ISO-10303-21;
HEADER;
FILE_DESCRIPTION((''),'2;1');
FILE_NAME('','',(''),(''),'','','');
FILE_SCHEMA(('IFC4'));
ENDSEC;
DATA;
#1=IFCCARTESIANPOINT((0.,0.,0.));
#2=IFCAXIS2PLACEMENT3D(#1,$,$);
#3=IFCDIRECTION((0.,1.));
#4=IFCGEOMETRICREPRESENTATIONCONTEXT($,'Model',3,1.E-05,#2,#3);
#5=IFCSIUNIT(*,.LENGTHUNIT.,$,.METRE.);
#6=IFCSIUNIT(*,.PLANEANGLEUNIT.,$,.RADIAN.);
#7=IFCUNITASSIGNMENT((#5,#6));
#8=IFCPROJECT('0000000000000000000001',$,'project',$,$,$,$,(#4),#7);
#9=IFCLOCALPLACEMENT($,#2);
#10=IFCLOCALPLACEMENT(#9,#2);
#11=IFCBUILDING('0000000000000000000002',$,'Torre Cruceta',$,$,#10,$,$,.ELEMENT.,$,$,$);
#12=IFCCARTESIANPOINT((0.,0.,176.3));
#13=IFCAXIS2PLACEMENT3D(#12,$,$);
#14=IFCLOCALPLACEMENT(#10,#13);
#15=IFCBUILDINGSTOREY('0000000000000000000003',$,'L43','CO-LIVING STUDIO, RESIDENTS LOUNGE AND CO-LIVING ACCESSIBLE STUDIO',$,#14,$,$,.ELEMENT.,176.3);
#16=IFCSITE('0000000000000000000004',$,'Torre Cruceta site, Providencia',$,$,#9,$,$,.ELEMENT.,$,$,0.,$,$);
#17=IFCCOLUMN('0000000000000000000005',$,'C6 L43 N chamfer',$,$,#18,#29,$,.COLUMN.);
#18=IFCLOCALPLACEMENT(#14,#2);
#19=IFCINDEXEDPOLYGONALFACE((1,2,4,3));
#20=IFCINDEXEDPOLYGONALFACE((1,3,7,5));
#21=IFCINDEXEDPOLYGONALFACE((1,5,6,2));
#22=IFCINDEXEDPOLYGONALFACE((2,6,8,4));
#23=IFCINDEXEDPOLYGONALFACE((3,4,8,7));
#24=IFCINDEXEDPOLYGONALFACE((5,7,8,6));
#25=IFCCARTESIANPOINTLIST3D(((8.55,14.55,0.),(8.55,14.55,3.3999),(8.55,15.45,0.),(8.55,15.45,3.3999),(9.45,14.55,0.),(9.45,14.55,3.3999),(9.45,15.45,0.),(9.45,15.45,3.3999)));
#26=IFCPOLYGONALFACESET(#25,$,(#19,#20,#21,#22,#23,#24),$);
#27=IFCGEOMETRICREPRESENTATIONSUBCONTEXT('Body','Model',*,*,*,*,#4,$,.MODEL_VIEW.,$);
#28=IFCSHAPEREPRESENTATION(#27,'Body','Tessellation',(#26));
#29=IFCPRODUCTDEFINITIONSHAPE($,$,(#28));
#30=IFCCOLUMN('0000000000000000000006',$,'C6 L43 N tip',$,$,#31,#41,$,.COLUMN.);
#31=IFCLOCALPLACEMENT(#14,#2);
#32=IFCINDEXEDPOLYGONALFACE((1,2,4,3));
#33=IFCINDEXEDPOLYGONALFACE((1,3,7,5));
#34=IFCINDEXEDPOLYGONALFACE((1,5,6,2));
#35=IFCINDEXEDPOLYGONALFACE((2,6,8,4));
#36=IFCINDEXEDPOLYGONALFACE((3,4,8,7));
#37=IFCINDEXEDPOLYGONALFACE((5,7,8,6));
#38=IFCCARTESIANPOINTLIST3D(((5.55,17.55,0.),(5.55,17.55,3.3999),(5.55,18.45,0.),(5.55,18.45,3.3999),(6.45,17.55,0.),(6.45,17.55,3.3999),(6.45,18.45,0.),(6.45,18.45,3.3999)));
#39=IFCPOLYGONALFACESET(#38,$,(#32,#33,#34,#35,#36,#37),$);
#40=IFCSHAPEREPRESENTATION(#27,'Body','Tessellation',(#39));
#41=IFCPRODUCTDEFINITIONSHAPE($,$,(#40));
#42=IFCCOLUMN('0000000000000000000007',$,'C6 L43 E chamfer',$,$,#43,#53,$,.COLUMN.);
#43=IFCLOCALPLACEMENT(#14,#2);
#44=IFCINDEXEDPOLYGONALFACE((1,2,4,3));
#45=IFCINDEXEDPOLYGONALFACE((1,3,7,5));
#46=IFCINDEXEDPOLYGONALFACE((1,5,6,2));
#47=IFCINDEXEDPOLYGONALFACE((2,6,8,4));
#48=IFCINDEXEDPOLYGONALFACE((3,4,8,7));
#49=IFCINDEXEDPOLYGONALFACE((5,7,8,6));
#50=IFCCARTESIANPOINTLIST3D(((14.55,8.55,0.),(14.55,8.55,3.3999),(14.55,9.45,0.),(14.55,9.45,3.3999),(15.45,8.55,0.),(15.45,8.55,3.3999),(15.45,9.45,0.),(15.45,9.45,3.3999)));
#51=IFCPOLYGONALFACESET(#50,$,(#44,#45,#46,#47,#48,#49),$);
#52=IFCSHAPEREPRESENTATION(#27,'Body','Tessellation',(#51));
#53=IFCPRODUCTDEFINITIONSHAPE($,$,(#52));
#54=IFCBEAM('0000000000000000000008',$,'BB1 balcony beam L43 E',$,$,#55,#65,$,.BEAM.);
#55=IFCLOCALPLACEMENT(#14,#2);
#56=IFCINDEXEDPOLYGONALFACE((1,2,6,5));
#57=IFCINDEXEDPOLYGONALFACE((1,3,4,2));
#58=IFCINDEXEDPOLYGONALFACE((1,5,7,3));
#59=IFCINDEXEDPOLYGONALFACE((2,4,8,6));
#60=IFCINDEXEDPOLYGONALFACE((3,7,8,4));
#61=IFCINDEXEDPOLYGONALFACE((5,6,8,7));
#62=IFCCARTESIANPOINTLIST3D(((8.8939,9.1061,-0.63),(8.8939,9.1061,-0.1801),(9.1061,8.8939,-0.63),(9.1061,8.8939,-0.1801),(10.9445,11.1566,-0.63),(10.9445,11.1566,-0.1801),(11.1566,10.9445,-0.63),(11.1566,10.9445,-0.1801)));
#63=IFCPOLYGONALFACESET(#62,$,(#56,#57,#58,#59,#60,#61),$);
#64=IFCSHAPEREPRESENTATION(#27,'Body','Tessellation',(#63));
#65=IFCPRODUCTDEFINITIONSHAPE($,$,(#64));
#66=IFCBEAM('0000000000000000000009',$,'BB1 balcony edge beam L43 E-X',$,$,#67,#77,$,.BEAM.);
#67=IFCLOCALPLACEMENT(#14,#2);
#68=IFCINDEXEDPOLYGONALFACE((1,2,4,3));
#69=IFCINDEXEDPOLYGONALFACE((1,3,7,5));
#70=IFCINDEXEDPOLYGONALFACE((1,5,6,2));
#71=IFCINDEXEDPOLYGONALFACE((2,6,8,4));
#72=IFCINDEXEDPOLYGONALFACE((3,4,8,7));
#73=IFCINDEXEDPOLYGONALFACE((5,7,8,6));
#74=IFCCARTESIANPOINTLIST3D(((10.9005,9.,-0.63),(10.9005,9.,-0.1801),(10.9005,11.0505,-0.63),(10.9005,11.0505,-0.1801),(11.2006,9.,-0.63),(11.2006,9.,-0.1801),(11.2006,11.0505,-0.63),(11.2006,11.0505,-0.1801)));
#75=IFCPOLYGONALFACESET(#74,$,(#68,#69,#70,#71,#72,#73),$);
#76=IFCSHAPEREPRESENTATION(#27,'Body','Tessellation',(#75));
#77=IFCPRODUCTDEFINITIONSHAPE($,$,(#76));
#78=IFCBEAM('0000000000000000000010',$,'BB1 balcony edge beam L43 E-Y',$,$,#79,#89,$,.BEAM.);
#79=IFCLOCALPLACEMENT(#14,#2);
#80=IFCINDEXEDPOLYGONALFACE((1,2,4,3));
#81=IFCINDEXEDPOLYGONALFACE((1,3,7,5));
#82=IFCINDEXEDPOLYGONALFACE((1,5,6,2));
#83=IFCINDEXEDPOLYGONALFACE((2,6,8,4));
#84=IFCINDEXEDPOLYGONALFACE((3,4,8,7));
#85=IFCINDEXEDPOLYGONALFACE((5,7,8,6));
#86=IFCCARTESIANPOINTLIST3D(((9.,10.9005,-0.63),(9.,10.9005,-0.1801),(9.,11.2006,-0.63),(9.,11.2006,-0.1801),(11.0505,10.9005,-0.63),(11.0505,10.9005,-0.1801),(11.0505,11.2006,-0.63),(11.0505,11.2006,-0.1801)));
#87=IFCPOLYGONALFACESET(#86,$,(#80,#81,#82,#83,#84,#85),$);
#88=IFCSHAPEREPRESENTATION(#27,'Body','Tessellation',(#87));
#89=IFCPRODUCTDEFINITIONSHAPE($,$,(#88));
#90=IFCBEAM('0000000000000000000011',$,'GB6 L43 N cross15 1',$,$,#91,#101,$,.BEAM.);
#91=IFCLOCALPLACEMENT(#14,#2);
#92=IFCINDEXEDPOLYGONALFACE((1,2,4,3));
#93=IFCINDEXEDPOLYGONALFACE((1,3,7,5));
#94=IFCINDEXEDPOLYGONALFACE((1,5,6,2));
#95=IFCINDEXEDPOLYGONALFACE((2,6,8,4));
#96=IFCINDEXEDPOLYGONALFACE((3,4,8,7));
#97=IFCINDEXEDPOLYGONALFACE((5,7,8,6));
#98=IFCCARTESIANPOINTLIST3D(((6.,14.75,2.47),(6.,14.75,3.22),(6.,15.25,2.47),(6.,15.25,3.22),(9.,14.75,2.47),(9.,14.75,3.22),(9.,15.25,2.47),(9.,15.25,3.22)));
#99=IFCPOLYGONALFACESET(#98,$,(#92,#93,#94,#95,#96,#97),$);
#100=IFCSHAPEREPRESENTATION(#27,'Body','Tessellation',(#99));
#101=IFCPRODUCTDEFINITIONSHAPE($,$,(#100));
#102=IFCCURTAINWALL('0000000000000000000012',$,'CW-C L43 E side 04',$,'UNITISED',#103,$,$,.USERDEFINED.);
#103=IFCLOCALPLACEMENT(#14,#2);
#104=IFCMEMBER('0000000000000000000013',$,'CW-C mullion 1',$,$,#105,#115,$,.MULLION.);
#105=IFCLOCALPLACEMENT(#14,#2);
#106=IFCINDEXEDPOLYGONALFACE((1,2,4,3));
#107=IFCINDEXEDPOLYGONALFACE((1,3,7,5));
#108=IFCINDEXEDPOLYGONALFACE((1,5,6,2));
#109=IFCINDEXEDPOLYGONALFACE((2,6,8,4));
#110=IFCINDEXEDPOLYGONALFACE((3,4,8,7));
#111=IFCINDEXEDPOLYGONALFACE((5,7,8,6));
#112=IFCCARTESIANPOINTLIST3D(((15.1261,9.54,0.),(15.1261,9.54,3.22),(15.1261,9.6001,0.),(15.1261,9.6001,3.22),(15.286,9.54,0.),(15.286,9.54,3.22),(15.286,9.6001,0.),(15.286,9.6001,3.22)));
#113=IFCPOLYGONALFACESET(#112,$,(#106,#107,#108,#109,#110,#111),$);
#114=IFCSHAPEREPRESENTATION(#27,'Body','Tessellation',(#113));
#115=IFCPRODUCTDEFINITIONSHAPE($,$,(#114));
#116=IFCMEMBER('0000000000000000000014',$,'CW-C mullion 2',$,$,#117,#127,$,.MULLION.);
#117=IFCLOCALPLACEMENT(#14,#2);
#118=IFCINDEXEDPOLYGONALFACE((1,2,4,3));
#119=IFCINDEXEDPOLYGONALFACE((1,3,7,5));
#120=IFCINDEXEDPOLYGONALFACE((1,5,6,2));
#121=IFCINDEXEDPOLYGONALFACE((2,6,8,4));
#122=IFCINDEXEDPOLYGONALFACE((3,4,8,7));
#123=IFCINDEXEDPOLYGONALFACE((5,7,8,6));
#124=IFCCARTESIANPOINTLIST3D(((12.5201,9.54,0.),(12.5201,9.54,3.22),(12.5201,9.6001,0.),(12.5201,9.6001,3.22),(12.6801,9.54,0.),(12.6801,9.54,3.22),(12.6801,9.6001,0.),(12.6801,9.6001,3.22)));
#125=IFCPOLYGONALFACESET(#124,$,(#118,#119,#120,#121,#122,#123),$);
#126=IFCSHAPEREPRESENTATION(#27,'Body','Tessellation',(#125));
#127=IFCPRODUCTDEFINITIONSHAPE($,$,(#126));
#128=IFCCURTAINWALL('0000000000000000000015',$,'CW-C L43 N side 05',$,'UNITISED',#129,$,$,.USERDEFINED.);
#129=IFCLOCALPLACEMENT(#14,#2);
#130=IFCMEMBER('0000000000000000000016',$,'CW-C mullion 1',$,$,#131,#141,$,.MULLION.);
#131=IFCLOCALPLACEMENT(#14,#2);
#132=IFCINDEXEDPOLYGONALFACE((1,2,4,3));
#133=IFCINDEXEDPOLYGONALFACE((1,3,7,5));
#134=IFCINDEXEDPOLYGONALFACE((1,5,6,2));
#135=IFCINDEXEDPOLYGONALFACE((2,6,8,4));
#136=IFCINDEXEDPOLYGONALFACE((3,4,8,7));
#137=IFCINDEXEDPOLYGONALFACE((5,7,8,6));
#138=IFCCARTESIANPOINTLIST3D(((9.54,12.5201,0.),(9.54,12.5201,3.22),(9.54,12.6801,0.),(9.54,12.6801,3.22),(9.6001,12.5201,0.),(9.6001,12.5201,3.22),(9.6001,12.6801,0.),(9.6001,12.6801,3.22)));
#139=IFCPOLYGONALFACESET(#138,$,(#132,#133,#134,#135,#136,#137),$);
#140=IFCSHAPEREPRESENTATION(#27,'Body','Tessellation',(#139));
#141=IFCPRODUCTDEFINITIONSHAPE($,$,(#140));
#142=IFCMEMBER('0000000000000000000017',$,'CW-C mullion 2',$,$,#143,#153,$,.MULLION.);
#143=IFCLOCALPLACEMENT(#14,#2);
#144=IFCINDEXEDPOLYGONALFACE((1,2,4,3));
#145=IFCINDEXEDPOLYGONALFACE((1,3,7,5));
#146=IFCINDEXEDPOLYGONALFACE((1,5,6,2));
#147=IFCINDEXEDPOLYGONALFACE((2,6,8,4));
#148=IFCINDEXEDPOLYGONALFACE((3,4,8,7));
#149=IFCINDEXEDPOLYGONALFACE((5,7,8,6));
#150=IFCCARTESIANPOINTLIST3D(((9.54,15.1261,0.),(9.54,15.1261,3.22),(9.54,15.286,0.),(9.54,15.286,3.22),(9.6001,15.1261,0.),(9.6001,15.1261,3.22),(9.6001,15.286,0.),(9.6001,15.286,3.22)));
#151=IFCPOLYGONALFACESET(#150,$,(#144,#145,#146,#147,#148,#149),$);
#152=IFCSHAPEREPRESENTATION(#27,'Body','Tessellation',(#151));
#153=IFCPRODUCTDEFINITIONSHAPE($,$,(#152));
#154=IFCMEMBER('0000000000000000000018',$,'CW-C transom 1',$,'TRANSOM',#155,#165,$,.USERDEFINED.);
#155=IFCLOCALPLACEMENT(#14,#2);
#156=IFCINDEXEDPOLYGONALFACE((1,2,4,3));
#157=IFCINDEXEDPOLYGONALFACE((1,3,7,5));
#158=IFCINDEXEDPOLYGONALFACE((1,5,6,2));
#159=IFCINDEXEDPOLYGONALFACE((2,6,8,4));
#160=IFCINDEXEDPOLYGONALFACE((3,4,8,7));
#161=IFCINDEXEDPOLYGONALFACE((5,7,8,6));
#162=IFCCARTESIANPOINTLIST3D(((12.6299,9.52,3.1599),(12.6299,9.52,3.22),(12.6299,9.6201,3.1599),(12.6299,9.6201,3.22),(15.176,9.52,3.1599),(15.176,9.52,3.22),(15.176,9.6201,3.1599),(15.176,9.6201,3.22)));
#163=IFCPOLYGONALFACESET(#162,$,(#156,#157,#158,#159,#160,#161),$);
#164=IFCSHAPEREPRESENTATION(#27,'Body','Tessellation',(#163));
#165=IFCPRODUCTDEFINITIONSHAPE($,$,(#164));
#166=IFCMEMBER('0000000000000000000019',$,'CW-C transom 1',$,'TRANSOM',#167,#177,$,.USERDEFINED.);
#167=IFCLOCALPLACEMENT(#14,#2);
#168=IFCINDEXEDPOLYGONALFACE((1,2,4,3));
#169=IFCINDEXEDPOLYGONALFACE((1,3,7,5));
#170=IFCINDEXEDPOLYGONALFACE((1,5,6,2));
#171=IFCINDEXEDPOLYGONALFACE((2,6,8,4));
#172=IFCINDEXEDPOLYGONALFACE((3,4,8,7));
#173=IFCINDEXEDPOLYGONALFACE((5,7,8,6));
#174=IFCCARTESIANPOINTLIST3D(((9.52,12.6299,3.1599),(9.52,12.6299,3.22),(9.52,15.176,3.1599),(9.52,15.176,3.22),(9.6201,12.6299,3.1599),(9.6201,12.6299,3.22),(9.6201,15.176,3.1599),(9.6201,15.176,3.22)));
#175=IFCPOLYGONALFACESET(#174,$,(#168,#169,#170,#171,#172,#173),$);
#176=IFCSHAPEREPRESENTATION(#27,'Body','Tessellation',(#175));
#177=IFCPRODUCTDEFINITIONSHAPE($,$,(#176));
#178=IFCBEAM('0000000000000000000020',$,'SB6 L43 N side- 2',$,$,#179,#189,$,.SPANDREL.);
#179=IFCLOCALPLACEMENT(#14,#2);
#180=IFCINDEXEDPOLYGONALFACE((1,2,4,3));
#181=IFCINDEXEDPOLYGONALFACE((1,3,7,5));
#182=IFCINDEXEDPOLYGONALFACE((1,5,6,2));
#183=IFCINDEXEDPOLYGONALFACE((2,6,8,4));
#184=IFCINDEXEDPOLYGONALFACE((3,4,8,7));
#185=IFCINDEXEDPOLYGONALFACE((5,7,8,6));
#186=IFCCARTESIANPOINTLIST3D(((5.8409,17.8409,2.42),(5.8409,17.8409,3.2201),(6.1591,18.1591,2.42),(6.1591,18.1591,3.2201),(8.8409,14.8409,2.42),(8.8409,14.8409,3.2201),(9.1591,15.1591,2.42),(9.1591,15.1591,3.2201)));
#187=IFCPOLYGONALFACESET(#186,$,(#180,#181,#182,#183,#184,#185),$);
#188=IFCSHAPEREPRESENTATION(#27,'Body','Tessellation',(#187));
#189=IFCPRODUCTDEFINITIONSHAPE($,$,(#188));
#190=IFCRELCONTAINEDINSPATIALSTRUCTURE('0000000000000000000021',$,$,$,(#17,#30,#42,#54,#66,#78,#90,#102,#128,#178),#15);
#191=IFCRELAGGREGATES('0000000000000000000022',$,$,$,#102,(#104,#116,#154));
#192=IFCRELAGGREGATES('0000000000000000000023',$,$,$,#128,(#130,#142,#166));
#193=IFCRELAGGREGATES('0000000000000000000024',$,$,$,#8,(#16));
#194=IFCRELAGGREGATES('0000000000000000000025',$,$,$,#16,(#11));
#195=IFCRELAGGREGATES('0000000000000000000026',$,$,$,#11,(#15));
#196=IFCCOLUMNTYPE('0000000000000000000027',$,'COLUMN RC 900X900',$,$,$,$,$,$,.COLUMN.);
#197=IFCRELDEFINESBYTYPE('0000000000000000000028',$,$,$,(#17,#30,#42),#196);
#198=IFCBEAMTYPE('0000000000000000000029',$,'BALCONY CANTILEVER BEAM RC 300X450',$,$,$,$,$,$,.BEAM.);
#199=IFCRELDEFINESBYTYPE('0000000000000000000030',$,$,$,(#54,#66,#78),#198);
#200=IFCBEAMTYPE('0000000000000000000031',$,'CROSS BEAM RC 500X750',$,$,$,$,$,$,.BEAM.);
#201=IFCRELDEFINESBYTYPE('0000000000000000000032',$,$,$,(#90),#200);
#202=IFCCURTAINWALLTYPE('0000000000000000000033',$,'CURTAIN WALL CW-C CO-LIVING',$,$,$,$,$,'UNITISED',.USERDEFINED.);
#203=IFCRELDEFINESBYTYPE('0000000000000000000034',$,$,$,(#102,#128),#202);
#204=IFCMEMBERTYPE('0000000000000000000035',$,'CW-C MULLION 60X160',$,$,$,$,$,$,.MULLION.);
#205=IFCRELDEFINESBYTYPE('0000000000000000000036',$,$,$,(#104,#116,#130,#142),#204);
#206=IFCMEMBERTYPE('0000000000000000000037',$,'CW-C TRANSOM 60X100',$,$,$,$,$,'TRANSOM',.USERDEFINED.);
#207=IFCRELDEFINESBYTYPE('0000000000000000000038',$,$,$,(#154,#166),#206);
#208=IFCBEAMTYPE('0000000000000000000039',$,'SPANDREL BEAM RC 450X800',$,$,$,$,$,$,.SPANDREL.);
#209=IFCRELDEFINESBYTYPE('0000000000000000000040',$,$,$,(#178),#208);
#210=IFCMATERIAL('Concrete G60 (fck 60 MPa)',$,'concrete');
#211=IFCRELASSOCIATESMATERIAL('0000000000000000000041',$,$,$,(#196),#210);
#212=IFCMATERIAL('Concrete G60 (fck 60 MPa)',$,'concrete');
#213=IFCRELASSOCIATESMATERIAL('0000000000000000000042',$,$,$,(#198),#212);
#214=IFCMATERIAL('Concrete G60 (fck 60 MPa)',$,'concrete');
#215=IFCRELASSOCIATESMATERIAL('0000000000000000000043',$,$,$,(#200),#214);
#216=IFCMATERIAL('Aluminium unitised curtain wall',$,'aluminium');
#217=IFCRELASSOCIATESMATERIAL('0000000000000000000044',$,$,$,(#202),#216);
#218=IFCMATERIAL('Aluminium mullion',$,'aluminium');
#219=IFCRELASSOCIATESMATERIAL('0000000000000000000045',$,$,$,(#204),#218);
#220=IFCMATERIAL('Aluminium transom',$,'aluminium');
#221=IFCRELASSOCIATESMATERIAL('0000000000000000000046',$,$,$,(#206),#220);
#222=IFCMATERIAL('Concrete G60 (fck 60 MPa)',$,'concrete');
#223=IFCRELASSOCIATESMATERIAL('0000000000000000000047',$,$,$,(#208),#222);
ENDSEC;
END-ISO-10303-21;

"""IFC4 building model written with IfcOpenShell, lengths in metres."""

from ifc_helpers import new_model, si_unit, direction, frame, origin, origin_2d, place, context, subcontext, project, spatial, rectangle, extrude, material, material_profile, profile_set, type_object, element, aggregate, save


model = new_model("IFC4")

# Units and contexts
model_context = context("Model", 3, precision=1e-05, world=origin(), true_north=direction((0.0, 1.0)))
body_context = subcontext(model_context, "Body", "Model", "MODEL_VIEW")
ifc_project = project(units=[si_unit("LENGTHUNIT", "METRE"), si_unit("PLANEANGLEUNIT", "RADIAN")], contexts=[model_context])

# Site, building, storey
site_placement = place(None, origin())
site = spatial("IfcSite", under=ifc_project, at=site_placement, Name="Torre Cruceta site, Providencia", CompositionType="ELEMENT", RefElevation=0.0)
building_placement = place(site_placement, origin())
building = spatial("IfcBuilding", under=site, at=building_placement, Name="Torre Cruceta", CompositionType="ELEMENT")
storey_placement = place(building_placement, frame((0.0, 0.0, 176.3)))
storey = spatial("IfcBuildingStorey", under=building, at=storey_placement, Name="L43", Description="CO-LIVING STUDIO, RESIDENTS LOUNGE AND CO-LIVING ACCESSIBLE STUDIO", CompositionType="ELEMENT", Elevation=176.3)

# Columns
ifc_material_1 = material(Name="Concrete G60 (fck 60 MPa)", Category="concrete")
ifc_material_profile_1 = material_profile(ifc_material_1, rectangle(XDim=0.8999, YDim=0.8999, at=origin_2d()), Name="RC 900X900")
ifc_profile_set_1 = profile_set([ifc_material_profile_1], Name="Concrete G60 (fck 60 MPa)")
column_type = type_object("IfcColumnType", Name="COLUMN RC 900X900", PredefinedType="COLUMN", material=ifc_profile_set_1)
for number, where, z_axis, x_axis, name in (
    (1, (9.0, 15.0, 0.0), (0.0, 0.0, 1.0), (1.0, 0.0, 0.0), "C6 L43 N chamfer"),
    (2, (6.0, 18.0, 0.0), (0.0, 0.0, 1.0), (1.0, 0.0, 0.0), "C6 L43 N tip"),
    (3, (15.0, 9.0, 0.0), (0.0, 0.0, 1.0), (1.0, 0.0, 0.0), "C6 L43 E chamfer"),
):
    element("IfcColumn", number, at=place(storey_placement, frame(where, z_axis=z_axis, x_axis=x_axis)), inside=storey, type_object=column_type, Name=name, PredefinedType="COLUMN", context=body_context, shape_type="SweptSolid", body=[
        extrude(rectangle(XDim=0.8999, YDim=0.8999, at=origin_2d()), origin(), (0.0, 0.0, 1.0), 3.3999),
    ])

# Beams
ifc_material_2 = material(Name="Concrete G60 (fck 60 MPa)", Category="concrete")
ifc_material_profile_2 = material_profile(ifc_material_2, rectangle(XDim=0.3, YDim=0.45, at=origin_2d()), Name="RC 300X450")
ifc_profile_set_2 = profile_set([ifc_material_profile_2], Name="Concrete G60 (fck 60 MPa)")
beam_type_1 = type_object("IfcBeamType", Name="BALCONY CANTILEVER BEAM RC 300X450", PredefinedType="BEAM", material=ifc_profile_set_2)
beam_1_placement = place(storey_placement, frame((9.0, 9.0, -0.405), z_axis=(0.707107, 0.707107, 0.0), x_axis=(-0.707107, 0.707107, 0.0)))
element("IfcBeam", 4, at=beam_1_placement, inside=storey, type_object=beam_type_1, Name="BB1 balcony beam L43 E", PredefinedType="BEAM", context=body_context, shape_type="SweptSolid", body=[
    extrude(rectangle(XDim=0.3, YDim=0.45, at=origin_2d()), origin(), (0.0, 0.0, 1.0), 2.8999),
])
for number, where, z_axis, x_axis, name in (
    (5, (11.0505, 9.0, -0.405), (0.0, 1.0, 0.0), (-1.0, 0.0, 0.0), "BB1 balcony edge beam L43 E-X"),
    (6, (9.0, 11.0505, -0.405), (1.0, 0.0, 0.0), (0.0, 1.0, 0.0), "BB1 balcony edge beam L43 E-Y"),
):
    element("IfcBeam", number, at=place(storey_placement, frame(where, z_axis=z_axis, x_axis=x_axis)), inside=storey, type_object=beam_type_1, Name=name, PredefinedType="BEAM", context=body_context, shape_type="SweptSolid", body=[
        extrude(rectangle(XDim=0.3, YDim=0.45, at=origin_2d()), origin(), (0.0, 0.0, 1.0), 2.0505),
    ])
ifc_material_3 = material(Name="Concrete G60 (fck 60 MPa)", Category="concrete")
ifc_material_profile_3 = material_profile(ifc_material_3, rectangle(XDim=0.5, YDim=0.75, at=origin_2d()), Name="RC 500X750")
ifc_profile_set_3 = profile_set([ifc_material_profile_3], Name="Concrete G60 (fck 60 MPa)")
beam_type_2 = type_object("IfcBeamType", Name="CROSS BEAM RC 500X750", PredefinedType="BEAM", material=ifc_profile_set_3)
beam_2_placement = place(storey_placement, frame((9.0, 15.0, 2.845), z_axis=(-1.0, 0.0, 0.0), x_axis=(0.0, -1.0, 0.0)))
element("IfcBeam", 7, at=beam_2_placement, inside=storey, type_object=beam_type_2, Name="GB6 L43 N cross15 1", PredefinedType="BEAM", context=body_context, shape_type="SweptSolid", body=[
    extrude(rectangle(XDim=0.5, YDim=0.75, at=origin_2d()), origin(), (0.0, 0.0, 1.0), 3.0),
])

# Curtain walls, members
ifc_material_4 = material(Name="Aluminium unitised curtain wall", Category="aluminium")
curtain_wall_type = type_object("IfcCurtainWallType", Name="CURTAIN WALL CW-C CO-LIVING", ElementType="UNITISED", PredefinedType="USERDEFINED", material=ifc_material_4)
curtain_wall_1_placement = place(storey_placement, origin())
curtain_wall_1 = element("IfcCurtainWall", 8, at=curtain_wall_1_placement, inside=storey, type_object=curtain_wall_type, Name="CW-C L43 E side 04", ObjectType="UNITISED", PredefinedType="USERDEFINED")
ifc_material_5 = material(Name="Aluminium mullion", Category="aluminium")
ifc_material_profile_4 = material_profile(ifc_material_5, rectangle(XDim=0.0601, YDim=0.1599, at=origin_2d()), Name="AL 60X160")
ifc_profile_set_4 = profile_set([ifc_material_profile_4], Name="Aluminium mullion")
member_type_1 = type_object("IfcMemberType", Name="CW-C MULLION 60X160", PredefinedType="MULLION", material=ifc_profile_set_4)
member_1_placement = place(storey_placement, frame((15.2061, 9.5701, 0.0), z_axis=(0.0, 0.0, 1.0), x_axis=(0.0, -1.0, 0.0)))
member_1 = element("IfcMember", 9, at=member_1_placement, type_object=member_type_1, Name="CW-C mullion 1", PredefinedType="MULLION", context=body_context, shape_type="SweptSolid", body=[
    extrude(rectangle(XDim=0.0601, YDim=0.1599, at=origin_2d()), origin(), (0.0, 0.0, 1.0), 3.22),
])
member_2_placement = place(storey_placement, frame((12.6001, 9.5701, 0.0), z_axis=(0.0, 0.0, 1.0), x_axis=(0.0, -1.0, 0.0)))
member_2 = element("IfcMember", 10, at=member_2_placement, type_object=member_type_1, Name="CW-C mullion 2", PredefinedType="MULLION", context=body_context, shape_type="SweptSolid", body=[
    extrude(rectangle(XDim=0.0601, YDim=0.1599, at=origin_2d()), origin(), (0.0, 0.0, 1.0), 3.22),
])
curtain_wall_2_placement = place(storey_placement, origin())
curtain_wall_2 = element("IfcCurtainWall", 11, at=curtain_wall_2_placement, inside=storey, type_object=curtain_wall_type, Name="CW-C L43 N side 05", ObjectType="UNITISED", PredefinedType="USERDEFINED")
member_3_placement = place(storey_placement, frame((9.5701, 12.6001, 0.0), z_axis=(0.0, 0.0, 1.0), x_axis=(-1.0, 0.0, 0.0)))
member_3 = element("IfcMember", 12, at=member_3_placement, type_object=member_type_1, Name="CW-C mullion 1", PredefinedType="MULLION", context=body_context, shape_type="SweptSolid", body=[
    extrude(rectangle(XDim=0.0601, YDim=0.1599, at=origin_2d()), origin(), (0.0, 0.0, 1.0), 3.22),
])
member_4_placement = place(storey_placement, frame((9.5701, 15.2061, 0.0), z_axis=(0.0, 0.0, 1.0), x_axis=(-1.0, 0.0, 0.0)))
member_4 = element("IfcMember", 13, at=member_4_placement, type_object=member_type_1, Name="CW-C mullion 2", PredefinedType="MULLION", context=body_context, shape_type="SweptSolid", body=[
    extrude(rectangle(XDim=0.0601, YDim=0.1599, at=origin_2d()), origin(), (0.0, 0.0, 1.0), 3.22),
])

# Members
ifc_material_6 = material(Name="Aluminium transom", Category="aluminium")
ifc_material_profile_5 = material_profile(ifc_material_6, rectangle(XDim=0.1001, YDim=0.0601, at=origin_2d()), Name="AL 100X60")
ifc_profile_set_5 = profile_set([ifc_material_profile_5], Name="Aluminium transom")
member_type_2 = type_object("IfcMemberType", Name="CW-C TRANSOM 60X100", ElementType="TRANSOM", PredefinedType="USERDEFINED", material=ifc_profile_set_5)
member_5_placement = place(storey_placement, frame((15.176, 9.5701, 3.1899), z_axis=(-1.0, 0.0, 0.0), x_axis=(0.0, -1.0, 0.0)))
member_5 = element("IfcMember", 14, at=member_5_placement, type_object=member_type_2, Name="CW-C transom 1", ObjectType="TRANSOM", PredefinedType="USERDEFINED", context=body_context, shape_type="SweptSolid", body=[
    extrude(rectangle(XDim=0.1001, YDim=0.0601, at=origin_2d()), origin(), (0.0, 0.0, 1.0), 2.5461),
])
member_6_placement = place(storey_placement, frame((9.5701, 12.6299, 3.1899), z_axis=(0.0, 1.0, 0.0), x_axis=(-1.0, 0.0, 0.0)))
member_6 = element("IfcMember", 15, at=member_6_placement, type_object=member_type_2, Name="CW-C transom 1", ObjectType="TRANSOM", PredefinedType="USERDEFINED", context=body_context, shape_type="SweptSolid", body=[
    extrude(rectangle(XDim=0.1001, YDim=0.0601, at=origin_2d()), origin(), (0.0, 0.0, 1.0), 2.5461),
])

# Beam
ifc_material_7 = material(Name="Concrete G60 (fck 60 MPa)", Category="concrete")
ifc_material_profile_6 = material_profile(ifc_material_7, rectangle(XDim=0.45, YDim=0.8, at=origin_2d()), Name="RC 450X800")
ifc_profile_set_6 = profile_set([ifc_material_profile_6], Name="Concrete G60 (fck 60 MPa)")
beam_type_3 = type_object("IfcBeamType", Name="SPANDREL BEAM RC 450X800", PredefinedType="SPANDREL", material=ifc_profile_set_6)
beam_3_placement = place(storey_placement, frame((9.0, 15.0, 2.8201), z_axis=(-0.707107, 0.707107, 0.0), x_axis=(-0.707107, -0.707107, 0.0)))
element("IfcBeam", 16, at=beam_3_placement, inside=storey, type_object=beam_type_3, Name="SB6 L43 N side- 2", PredefinedType="SPANDREL", context=body_context, shape_type="SweptSolid", body=[
    extrude(rectangle(XDim=0.45, YDim=0.8, at=origin_2d()), origin(), (0.0, 0.0, 1.0), 4.2427),
])

aggregate(curtain_wall_1, [member_1, member_2, member_5])
aggregate(curtain_wall_2, [member_3, member_4, member_6])

save(model, "model.ifc")
